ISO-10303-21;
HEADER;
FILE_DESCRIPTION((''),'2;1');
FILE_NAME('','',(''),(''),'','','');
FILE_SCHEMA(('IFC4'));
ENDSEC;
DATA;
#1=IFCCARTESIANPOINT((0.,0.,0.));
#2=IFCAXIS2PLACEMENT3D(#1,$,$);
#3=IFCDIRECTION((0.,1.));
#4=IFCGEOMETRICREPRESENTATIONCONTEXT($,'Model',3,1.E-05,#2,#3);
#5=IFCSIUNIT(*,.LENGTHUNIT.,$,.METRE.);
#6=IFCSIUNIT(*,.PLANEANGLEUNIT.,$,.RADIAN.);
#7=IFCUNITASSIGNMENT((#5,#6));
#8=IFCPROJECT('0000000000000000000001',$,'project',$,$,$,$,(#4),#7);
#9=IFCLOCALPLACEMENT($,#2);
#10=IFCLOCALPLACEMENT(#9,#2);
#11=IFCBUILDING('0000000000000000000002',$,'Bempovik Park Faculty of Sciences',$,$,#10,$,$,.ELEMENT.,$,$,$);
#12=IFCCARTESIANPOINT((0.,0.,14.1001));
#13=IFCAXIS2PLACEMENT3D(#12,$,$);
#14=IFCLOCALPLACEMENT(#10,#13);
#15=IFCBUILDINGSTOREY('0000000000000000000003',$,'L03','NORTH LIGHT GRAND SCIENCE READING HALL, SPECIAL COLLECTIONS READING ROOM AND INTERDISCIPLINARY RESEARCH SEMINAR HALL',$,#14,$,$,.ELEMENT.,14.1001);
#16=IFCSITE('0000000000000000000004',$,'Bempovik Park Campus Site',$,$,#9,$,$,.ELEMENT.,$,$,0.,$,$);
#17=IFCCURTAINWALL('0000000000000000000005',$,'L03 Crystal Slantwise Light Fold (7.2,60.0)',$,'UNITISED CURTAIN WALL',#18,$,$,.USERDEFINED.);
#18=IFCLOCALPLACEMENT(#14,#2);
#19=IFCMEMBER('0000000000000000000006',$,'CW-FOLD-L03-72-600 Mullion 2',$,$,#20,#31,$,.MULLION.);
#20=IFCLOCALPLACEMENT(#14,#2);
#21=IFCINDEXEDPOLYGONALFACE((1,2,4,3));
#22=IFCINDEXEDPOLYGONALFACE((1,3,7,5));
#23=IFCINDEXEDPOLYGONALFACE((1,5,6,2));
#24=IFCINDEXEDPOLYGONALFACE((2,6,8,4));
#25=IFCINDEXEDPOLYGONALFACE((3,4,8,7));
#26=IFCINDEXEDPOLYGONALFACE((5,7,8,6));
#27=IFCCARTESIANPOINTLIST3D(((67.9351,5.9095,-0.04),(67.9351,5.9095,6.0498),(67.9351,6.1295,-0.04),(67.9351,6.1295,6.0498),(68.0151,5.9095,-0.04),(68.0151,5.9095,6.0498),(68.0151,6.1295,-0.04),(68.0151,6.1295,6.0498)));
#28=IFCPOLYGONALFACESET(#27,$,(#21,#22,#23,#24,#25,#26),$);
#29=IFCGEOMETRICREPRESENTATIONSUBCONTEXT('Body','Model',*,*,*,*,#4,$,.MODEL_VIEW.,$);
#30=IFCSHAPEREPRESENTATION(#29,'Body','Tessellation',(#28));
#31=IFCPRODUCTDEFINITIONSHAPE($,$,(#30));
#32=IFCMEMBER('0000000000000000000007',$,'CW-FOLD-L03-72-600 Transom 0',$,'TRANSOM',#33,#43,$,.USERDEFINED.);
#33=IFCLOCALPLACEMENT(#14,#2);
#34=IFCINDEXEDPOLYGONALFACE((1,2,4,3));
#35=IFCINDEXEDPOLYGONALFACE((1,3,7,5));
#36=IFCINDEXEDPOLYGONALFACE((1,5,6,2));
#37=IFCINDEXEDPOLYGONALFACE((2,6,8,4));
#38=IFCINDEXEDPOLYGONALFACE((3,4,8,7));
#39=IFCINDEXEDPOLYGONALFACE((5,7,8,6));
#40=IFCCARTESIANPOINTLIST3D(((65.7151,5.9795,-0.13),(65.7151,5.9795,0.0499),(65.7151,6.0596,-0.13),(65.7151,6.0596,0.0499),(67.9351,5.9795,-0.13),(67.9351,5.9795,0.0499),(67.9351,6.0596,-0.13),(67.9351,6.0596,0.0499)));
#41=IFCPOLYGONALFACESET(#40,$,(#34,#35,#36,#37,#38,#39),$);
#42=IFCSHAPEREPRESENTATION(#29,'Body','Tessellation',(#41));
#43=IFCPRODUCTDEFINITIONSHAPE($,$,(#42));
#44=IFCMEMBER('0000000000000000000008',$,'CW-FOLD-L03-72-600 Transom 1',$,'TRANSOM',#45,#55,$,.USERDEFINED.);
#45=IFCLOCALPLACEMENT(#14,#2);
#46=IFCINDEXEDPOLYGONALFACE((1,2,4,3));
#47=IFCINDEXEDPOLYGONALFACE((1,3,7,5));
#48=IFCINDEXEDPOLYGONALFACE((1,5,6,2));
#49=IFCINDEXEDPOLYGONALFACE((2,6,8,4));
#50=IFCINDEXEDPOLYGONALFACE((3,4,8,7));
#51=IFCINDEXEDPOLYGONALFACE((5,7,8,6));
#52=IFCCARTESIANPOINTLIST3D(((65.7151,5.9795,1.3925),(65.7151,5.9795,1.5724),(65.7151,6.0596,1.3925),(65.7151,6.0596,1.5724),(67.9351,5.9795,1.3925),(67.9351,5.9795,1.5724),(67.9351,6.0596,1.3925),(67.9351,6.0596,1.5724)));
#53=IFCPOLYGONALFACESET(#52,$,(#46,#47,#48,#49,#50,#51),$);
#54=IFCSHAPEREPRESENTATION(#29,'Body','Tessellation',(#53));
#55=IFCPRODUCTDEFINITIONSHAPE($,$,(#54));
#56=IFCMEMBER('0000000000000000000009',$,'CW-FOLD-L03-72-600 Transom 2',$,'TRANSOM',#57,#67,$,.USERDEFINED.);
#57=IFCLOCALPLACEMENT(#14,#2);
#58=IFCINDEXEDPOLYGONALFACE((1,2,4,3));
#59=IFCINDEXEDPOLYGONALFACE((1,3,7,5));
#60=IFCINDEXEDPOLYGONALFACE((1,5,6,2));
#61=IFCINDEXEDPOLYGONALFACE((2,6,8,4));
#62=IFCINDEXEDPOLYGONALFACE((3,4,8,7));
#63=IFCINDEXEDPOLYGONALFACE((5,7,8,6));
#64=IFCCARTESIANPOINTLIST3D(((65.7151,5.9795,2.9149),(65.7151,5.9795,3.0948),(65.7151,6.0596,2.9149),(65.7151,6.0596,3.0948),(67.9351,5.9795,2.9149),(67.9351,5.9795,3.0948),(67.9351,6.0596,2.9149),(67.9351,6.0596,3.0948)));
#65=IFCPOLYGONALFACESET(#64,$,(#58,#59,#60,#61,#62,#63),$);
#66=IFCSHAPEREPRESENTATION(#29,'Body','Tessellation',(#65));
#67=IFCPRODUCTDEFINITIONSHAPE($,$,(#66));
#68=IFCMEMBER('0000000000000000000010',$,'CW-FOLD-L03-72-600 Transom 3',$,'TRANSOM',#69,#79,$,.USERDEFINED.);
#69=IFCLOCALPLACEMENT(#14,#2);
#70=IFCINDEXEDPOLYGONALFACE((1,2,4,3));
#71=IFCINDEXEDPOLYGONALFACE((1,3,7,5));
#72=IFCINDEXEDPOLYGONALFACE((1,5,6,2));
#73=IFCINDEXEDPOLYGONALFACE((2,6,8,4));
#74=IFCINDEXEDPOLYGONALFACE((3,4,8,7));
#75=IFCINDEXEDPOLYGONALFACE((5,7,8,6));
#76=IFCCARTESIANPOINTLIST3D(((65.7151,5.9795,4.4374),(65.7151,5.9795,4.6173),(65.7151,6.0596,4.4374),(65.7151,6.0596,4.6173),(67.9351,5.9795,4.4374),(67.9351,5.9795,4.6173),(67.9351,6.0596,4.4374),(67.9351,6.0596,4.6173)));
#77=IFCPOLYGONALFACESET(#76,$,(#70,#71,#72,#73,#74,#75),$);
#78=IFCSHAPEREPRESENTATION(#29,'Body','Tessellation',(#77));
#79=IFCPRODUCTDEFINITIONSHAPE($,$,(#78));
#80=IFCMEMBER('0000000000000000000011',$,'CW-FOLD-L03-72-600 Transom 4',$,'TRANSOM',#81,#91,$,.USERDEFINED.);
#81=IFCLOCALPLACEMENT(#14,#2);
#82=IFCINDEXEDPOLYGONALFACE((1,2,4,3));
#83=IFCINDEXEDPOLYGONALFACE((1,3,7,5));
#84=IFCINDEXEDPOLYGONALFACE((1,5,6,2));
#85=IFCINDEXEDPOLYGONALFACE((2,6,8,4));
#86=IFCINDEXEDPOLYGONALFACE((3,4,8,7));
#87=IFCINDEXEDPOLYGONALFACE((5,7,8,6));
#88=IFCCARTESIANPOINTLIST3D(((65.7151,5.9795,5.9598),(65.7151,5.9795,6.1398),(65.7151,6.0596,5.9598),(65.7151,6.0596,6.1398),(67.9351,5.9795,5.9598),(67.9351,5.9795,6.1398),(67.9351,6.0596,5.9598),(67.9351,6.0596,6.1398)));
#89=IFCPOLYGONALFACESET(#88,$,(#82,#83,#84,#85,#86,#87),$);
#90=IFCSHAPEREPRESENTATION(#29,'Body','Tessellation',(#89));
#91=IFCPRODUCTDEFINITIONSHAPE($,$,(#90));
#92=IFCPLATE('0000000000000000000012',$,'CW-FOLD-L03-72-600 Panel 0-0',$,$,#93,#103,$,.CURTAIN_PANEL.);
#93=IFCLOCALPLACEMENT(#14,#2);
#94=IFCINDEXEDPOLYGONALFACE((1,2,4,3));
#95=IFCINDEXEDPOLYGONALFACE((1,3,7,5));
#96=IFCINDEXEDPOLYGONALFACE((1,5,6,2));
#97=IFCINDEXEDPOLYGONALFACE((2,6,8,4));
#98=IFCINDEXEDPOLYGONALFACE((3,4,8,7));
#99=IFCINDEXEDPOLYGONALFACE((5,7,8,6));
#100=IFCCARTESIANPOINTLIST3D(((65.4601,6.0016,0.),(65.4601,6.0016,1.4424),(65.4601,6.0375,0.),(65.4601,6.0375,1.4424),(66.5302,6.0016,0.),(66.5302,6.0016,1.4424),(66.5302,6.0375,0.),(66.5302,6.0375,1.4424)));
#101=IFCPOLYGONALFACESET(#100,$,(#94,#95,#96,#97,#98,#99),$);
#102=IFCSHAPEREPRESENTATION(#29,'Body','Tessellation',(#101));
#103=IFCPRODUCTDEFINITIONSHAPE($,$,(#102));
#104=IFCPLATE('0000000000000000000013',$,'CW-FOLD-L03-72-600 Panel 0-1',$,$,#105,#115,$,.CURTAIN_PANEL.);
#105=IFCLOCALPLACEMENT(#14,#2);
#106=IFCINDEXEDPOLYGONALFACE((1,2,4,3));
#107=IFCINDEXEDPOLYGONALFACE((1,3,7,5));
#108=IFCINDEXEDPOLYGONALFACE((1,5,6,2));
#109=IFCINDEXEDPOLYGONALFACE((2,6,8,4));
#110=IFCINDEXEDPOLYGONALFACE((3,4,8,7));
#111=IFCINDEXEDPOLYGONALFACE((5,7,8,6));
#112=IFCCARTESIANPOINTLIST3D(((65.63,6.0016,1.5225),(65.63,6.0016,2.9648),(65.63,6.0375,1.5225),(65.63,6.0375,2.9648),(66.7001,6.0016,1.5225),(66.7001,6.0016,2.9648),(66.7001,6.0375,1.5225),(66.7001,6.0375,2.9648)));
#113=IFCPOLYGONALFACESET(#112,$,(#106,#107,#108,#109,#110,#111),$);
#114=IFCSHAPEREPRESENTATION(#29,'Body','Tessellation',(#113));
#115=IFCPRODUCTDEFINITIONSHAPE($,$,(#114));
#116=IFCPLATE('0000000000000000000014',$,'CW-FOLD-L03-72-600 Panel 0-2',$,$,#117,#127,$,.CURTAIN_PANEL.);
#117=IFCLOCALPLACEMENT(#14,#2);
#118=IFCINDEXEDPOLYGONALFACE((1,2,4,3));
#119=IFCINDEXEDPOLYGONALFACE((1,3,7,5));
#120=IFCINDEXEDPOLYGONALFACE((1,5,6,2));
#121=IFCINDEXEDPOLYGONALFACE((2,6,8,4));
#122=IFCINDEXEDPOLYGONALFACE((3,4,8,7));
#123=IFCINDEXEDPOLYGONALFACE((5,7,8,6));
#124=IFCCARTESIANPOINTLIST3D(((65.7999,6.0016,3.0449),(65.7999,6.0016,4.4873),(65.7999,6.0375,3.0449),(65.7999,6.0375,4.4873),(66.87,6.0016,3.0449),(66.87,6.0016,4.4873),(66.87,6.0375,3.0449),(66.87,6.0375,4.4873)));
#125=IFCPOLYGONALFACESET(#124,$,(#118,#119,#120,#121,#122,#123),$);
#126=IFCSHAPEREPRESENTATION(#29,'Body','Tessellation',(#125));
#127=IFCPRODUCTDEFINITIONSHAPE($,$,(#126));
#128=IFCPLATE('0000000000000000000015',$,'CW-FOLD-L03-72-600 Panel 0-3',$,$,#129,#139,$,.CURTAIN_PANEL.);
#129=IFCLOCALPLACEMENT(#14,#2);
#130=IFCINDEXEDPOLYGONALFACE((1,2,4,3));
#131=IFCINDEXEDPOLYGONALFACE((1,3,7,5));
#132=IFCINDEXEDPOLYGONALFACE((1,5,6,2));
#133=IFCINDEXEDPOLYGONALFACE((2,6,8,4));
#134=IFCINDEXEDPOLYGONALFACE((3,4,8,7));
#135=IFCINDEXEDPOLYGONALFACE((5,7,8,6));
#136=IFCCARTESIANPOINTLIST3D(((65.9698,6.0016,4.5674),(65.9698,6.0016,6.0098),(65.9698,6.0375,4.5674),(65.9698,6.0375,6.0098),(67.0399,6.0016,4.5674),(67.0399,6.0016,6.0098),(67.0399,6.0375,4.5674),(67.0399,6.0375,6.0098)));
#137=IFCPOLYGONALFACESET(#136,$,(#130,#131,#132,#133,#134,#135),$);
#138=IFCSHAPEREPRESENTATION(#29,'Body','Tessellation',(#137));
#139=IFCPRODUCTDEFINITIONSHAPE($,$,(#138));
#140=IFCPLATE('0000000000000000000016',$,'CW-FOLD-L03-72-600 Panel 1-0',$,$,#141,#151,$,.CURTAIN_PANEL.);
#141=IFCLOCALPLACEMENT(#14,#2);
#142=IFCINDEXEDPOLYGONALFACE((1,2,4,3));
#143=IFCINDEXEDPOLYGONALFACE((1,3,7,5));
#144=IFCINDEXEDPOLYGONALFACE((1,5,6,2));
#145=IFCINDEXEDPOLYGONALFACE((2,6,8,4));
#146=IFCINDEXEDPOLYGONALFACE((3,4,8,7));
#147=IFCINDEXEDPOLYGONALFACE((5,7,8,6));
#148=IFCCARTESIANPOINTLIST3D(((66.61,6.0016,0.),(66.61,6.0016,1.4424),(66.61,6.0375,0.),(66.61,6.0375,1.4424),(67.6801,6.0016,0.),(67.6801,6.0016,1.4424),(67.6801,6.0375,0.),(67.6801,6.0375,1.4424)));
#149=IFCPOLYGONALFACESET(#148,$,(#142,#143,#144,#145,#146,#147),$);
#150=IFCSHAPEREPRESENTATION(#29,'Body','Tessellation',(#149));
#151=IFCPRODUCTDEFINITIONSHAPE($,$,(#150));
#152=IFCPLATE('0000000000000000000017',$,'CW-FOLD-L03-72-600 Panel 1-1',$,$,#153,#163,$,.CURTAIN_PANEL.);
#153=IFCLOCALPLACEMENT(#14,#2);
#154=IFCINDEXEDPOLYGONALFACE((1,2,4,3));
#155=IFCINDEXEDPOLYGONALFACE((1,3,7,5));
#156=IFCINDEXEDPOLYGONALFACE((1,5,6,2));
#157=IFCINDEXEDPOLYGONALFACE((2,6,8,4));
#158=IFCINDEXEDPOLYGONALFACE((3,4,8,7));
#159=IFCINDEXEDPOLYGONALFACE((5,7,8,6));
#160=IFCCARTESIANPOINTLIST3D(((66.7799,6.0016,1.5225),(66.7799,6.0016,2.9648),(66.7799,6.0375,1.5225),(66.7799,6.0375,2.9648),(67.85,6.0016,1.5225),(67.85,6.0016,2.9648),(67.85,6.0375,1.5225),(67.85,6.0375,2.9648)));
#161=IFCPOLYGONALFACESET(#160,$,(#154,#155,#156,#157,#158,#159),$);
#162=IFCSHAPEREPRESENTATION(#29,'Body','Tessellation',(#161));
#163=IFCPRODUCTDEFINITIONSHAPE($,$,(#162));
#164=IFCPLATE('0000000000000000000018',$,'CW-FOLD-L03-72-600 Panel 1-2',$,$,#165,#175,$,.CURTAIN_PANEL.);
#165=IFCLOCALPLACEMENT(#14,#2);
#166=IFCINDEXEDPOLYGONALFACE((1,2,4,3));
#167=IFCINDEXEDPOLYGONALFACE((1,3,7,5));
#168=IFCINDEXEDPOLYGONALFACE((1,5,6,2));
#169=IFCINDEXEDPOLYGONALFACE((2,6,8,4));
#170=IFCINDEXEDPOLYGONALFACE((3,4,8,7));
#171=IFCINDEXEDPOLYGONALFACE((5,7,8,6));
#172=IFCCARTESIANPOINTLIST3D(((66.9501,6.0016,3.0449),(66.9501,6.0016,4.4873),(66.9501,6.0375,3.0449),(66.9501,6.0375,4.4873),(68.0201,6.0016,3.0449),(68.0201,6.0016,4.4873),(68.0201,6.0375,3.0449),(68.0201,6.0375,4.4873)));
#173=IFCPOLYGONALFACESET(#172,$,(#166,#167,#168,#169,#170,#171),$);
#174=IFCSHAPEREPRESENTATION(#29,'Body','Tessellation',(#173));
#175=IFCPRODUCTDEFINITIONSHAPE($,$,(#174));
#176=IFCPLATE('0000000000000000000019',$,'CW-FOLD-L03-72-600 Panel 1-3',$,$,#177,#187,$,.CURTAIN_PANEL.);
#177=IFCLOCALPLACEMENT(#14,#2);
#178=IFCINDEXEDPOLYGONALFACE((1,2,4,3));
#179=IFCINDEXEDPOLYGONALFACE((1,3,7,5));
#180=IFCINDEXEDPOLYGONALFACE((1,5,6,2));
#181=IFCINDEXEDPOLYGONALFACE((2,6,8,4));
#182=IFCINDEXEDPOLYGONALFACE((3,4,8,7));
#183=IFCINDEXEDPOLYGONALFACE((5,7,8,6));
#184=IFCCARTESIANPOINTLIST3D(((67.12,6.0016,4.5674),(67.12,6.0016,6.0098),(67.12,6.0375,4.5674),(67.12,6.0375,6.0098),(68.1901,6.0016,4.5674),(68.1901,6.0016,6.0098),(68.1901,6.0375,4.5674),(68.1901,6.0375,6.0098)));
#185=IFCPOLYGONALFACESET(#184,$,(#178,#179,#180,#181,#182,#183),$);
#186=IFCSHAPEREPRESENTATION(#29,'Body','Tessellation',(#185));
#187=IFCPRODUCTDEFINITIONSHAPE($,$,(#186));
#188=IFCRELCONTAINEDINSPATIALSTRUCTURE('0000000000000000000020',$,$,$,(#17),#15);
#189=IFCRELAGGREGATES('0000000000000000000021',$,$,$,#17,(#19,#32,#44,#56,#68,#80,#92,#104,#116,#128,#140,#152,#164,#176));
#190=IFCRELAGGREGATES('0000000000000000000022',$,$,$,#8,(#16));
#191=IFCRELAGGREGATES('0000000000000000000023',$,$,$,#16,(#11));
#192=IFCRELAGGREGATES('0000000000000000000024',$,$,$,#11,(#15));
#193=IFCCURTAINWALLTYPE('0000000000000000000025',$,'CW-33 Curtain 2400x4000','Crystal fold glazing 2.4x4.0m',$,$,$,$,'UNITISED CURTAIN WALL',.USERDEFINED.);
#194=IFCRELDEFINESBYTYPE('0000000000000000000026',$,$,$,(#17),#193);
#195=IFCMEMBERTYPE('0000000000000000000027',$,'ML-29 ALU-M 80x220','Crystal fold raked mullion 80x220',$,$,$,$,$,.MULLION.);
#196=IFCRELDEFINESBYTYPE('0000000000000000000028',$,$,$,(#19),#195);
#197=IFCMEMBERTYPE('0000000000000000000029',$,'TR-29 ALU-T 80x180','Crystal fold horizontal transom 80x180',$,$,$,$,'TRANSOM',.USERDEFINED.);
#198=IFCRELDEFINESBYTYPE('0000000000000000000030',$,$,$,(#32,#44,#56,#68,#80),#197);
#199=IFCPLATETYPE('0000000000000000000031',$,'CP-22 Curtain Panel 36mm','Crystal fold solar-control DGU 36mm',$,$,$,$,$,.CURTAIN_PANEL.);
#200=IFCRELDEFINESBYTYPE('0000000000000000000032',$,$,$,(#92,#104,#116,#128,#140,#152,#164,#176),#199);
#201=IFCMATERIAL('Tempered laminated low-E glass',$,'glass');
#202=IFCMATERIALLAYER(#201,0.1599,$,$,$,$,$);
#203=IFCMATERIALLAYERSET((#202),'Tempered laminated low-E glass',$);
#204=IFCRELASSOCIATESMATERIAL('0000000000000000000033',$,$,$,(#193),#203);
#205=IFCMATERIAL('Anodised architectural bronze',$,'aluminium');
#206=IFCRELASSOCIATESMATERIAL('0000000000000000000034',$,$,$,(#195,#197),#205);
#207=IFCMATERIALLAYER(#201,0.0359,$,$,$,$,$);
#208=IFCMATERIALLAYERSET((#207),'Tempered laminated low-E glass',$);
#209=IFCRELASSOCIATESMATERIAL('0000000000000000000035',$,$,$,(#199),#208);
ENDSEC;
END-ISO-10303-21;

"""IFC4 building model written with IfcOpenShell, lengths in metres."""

from ifc_helpers import new_model, si_unit, direction, frame, origin, origin_2d, place, context, subcontext, project, spatial, rectangle, extrude, material, layer, layer_set, material_profile, profile_set, type_object, element, aggregate, save


model = new_model("IFC4")

# Units and contexts
model_context = context("Model", 3, precision=1e-05, world=origin(), true_north=direction((0.0, 1.0)))
body_context = subcontext(model_context, "Body", "Model", "MODEL_VIEW")
ifc_project = project(units=[si_unit("LENGTHUNIT", "METRE"), si_unit("PLANEANGLEUNIT", "RADIAN")], contexts=[model_context])

# Site, building, storey
site_placement = place(None, origin())
site = spatial("IfcSite", under=ifc_project, at=site_placement, Name="Bempovik Park Campus Site", CompositionType="ELEMENT", RefElevation=0.0)
building_placement = place(site_placement, origin())
building = spatial("IfcBuilding", under=site, at=building_placement, Name="Bempovik Park Faculty of Sciences", CompositionType="ELEMENT")
storey_placement = place(building_placement, frame((0.0, 0.0, 14.1001)))
storey = spatial("IfcBuildingStorey", under=building, at=storey_placement, Name="L03", Description="NORTH LIGHT GRAND SCIENCE READING HALL, SPECIAL COLLECTIONS READING ROOM AND INTERDISCIPLINARY RESEARCH SEMINAR HALL", CompositionType="ELEMENT", Elevation=14.1001)

# Curtain wall, members, plates
ifc_material_1 = material(Name="Tempered laminated low-E glass", Category="glass")
ifc_layer_1 = layer(ifc_material_1, 0.1599)
ifc_layer_set_1 = layer_set([ifc_layer_1], Name="Tempered laminated low-E glass")
curtain_wall_type = type_object("IfcCurtainWallType", Name="CW-33 Curtain 2400x4000", Description="Crystal fold glazing 2.4x4.0m", ElementType="UNITISED CURTAIN WALL", PredefinedType="USERDEFINED", material=ifc_layer_set_1)
curtain_wall_placement = place(storey_placement, origin())
curtain_wall = element("IfcCurtainWall", 1, at=curtain_wall_placement, inside=storey, type_object=curtain_wall_type, Name="L03 Crystal Slantwise Light Fold (7.2,60.0)", ObjectType="UNITISED CURTAIN WALL", PredefinedType="USERDEFINED")
ifc_material_2 = material(Name="Anodised architectural bronze", Category="aluminium")
ifc_material_profile_1 = material_profile(ifc_material_2, rectangle(XDim=0.0801, YDim=0.22, at=origin_2d()), Name="ALU-M 80x220")
ifc_profile_set_1 = profile_set([ifc_material_profile_1], Name="Anodised architectural bronze")
member_type_1 = type_object("IfcMemberType", Name="ML-29 ALU-M 80x220", Description="Crystal fold raked mullion 80x220", PredefinedType="MULLION", material=ifc_profile_set_1)
member_1_placement = place(storey_placement, frame((67.9751, 6.0195, -0.04), z_axis=(0.0, 0.0, 1.0), x_axis=(1.0, 0.0, 0.0)))
member_1 = element("IfcMember", 2, at=member_1_placement, type_object=member_type_1, Name="CW-FOLD-L03-72-600 Mullion 2", PredefinedType="MULLION", context=body_context, shape_type="SweptSolid", body=[
    extrude(rectangle(XDim=0.0801, YDim=0.22, at=origin_2d()), origin(), (0.0, 0.0, 1.0), 6.0898),
])
ifc_material_profile_2 = material_profile(ifc_material_2, rectangle(XDim=0.0801, YDim=0.1799, at=origin_2d()), Name="ALU-T 80x180")
ifc_profile_set_2 = profile_set([ifc_material_profile_2], Name="Anodised architectural bronze")
member_type_2 = type_object("IfcMemberType", Name="TR-29 ALU-T 80x180", Description="Crystal fold horizontal transom 80x180", ElementType="TRANSOM", PredefinedType="USERDEFINED", material=ifc_profile_set_2)
member_2_placement = place(storey_placement, frame((65.7151, 6.0195, -0.04), z_axis=(1.0, 0.0, 0.0), x_axis=(0.0, 1.0, 0.0)))
member_2 = element("IfcMember", 3, at=member_2_placement, type_object=member_type_2, Name="CW-FOLD-L03-72-600 Transom 0", ObjectType="TRANSOM", PredefinedType="USERDEFINED", context=body_context, shape_type="SweptSolid", body=[
    extrude(rectangle(XDim=0.0801, YDim=0.1799, at=origin_2d()), origin(), (0.0, 0.0, 1.0), 2.22),
])
member_3_placement = place(storey_placement, frame((65.7151, 6.0195, 1.4824), z_axis=(1.0, 0.0, 0.0), x_axis=(0.0, 1.0, 0.0)))
member_3 = element("IfcMember", 4, at=member_3_placement, type_object=member_type_2, Name="CW-FOLD-L03-72-600 Transom 1", ObjectType="TRANSOM", PredefinedType="USERDEFINED", context=body_context, shape_type="SweptSolid", body=[
    extrude(rectangle(XDim=0.0801, YDim=0.1799, at=origin_2d()), origin(), (0.0, 0.0, 1.0), 2.22),
])
member_4_placement = place(storey_placement, frame((65.7151, 6.0195, 3.0049), z_axis=(1.0, 0.0, 0.0), x_axis=(0.0, 1.0, 0.0)))
member_4 = element("IfcMember", 5, at=member_4_placement, type_object=member_type_2, Name="CW-FOLD-L03-72-600 Transom 2", ObjectType="TRANSOM", PredefinedType="USERDEFINED", context=body_context, shape_type="SweptSolid", body=[
    extrude(rectangle(XDim=0.0801, YDim=0.1799, at=origin_2d()), origin(), (0.0, 0.0, 1.0), 2.22),
])
member_5_placement = place(storey_placement, frame((65.7151, 6.0195, 4.5273), z_axis=(1.0, 0.0, 0.0), x_axis=(0.0, 1.0, 0.0)))
member_5 = element("IfcMember", 6, at=member_5_placement, type_object=member_type_2, Name="CW-FOLD-L03-72-600 Transom 3", ObjectType="TRANSOM", PredefinedType="USERDEFINED", context=body_context, shape_type="SweptSolid", body=[
    extrude(rectangle(XDim=0.0801, YDim=0.1799, at=origin_2d()), origin(), (0.0, 0.0, 1.0), 2.22),
])
member_6_placement = place(storey_placement, frame((65.7151, 6.0195, 6.0498), z_axis=(1.0, 0.0, 0.0), x_axis=(0.0, 1.0, 0.0)))
member_6 = element("IfcMember", 7, at=member_6_placement, type_object=member_type_2, Name="CW-FOLD-L03-72-600 Transom 4", ObjectType="TRANSOM", PredefinedType="USERDEFINED", context=body_context, shape_type="SweptSolid", body=[
    extrude(rectangle(XDim=0.0801, YDim=0.1799, at=origin_2d()), origin(), (0.0, 0.0, 1.0), 2.22),
])
ifc_layer_2 = layer(ifc_material_1, 0.0359)
ifc_layer_set_2 = layer_set([ifc_layer_2], Name="Tempered laminated low-E glass")
plate_type_1 = type_object("IfcPlateType", Name="CP-22 Curtain Panel 36mm", Description="Crystal fold solar-control DGU 36mm", PredefinedType="CURTAIN_PANEL", material=ifc_layer_set_2)
plate_1_placement = place(storey_placement, frame((65.9951, 6.0195, 0.0), z_axis=(0.0, 0.0, 1.0), x_axis=(1.0, 0.0, 0.0)))
plate_1 = element("IfcPlate", 8, at=plate_1_placement, type_object=plate_type_1, Name="CW-FOLD-L03-72-600 Panel 0-0", PredefinedType="CURTAIN_PANEL", context=body_context, shape_type="SweptSolid", body=[
    extrude(rectangle(XDim=1.0701, YDim=0.0359, at=origin_2d()), origin(), (0.0, 0.0, 1.0), 1.4424),
])
plate_2_placement = place(storey_placement, frame((66.165, 6.0195, 1.5225), z_axis=(0.0, 0.0, 1.0), x_axis=(1.0, 0.0, 0.0)))
plate_2 = element("IfcPlate", 9, at=plate_2_placement, type_object=plate_type_1, Name="CW-FOLD-L03-72-600 Panel 0-1", PredefinedType="CURTAIN_PANEL", context=body_context, shape_type="SweptSolid", body=[
    extrude(rectangle(XDim=1.0701, YDim=0.0359, at=origin_2d()), origin(), (0.0, 0.0, 1.0), 1.4424),
])
plate_3_placement = place(storey_placement, frame((66.335, 6.0195, 3.0449), z_axis=(0.0, 0.0, 1.0), x_axis=(1.0, 0.0, 0.0)))
plate_3 = element("IfcPlate", 10, at=plate_3_placement, type_object=plate_type_1, Name="CW-FOLD-L03-72-600 Panel 0-2", PredefinedType="CURTAIN_PANEL", context=body_context, shape_type="SweptSolid", body=[
    extrude(rectangle(XDim=1.0701, YDim=0.0359, at=origin_2d()), origin(), (0.0, 0.0, 1.0), 1.4424),
])
plate_4_placement = place(storey_placement, frame((66.5049, 6.0195, 4.5674), z_axis=(0.0, 0.0, 1.0), x_axis=(1.0, 0.0, 0.0)))
plate_4 = element("IfcPlate", 11, at=plate_4_placement, type_object=plate_type_1, Name="CW-FOLD-L03-72-600 Panel 0-3", PredefinedType="CURTAIN_PANEL", context=body_context, shape_type="SweptSolid", body=[
    extrude(rectangle(XDim=1.0701, YDim=0.0359, at=origin_2d()), origin(), (0.0, 0.0, 1.0), 1.4424),
])
plate_5_placement = place(storey_placement, frame((67.145, 6.0195, 0.0), z_axis=(0.0, 0.0, 1.0), x_axis=(1.0, 0.0, 0.0)))
plate_5 = element("IfcPlate", 12, at=plate_5_placement, type_object=plate_type_1, Name="CW-FOLD-L03-72-600 Panel 1-0", PredefinedType="CURTAIN_PANEL", context=body_context, shape_type="SweptSolid", body=[
    extrude(rectangle(XDim=1.0701, YDim=0.0359, at=origin_2d()), origin(), (0.0, 0.0, 1.0), 1.4424),
])
plate_6_placement = place(storey_placement, frame((67.3149, 6.0195, 1.5225), z_axis=(0.0, 0.0, 1.0), x_axis=(1.0, 0.0, 0.0)))
plate_6 = element("IfcPlate", 13, at=plate_6_placement, type_object=plate_type_1, Name="CW-FOLD-L03-72-600 Panel 1-1", PredefinedType="CURTAIN_PANEL", context=body_context, shape_type="SweptSolid", body=[
    extrude(rectangle(XDim=1.0701, YDim=0.0359, at=origin_2d()), origin(), (0.0, 0.0, 1.0), 1.4424),
])
plate_7_placement = place(storey_placement, frame((67.4851, 6.0195, 3.0449), z_axis=(0.0, 0.0, 1.0), x_axis=(1.0, 0.0, 0.0)))
plate_7 = element("IfcPlate", 14, at=plate_7_placement, type_object=plate_type_1, Name="CW-FOLD-L03-72-600 Panel 1-2", PredefinedType="CURTAIN_PANEL", context=body_context, shape_type="SweptSolid", body=[
    extrude(rectangle(XDim=1.0701, YDim=0.0359, at=origin_2d()), origin(), (0.0, 0.0, 1.0), 1.4424),
])
plate_8_placement = place(storey_placement, frame((67.655, 6.0195, 4.5674), z_axis=(0.0, 0.0, 1.0), x_axis=(1.0, 0.0, 0.0)))
plate_8 = element("IfcPlate", 15, at=plate_8_placement, type_object=plate_type_1, Name="CW-FOLD-L03-72-600 Panel 1-3", PredefinedType="CURTAIN_PANEL", context=body_context, shape_type="SweptSolid", body=[
    extrude(rectangle(XDim=1.0701, YDim=0.0359, at=origin_2d()), origin(), (0.0, 0.0, 1.0), 1.4424),
])
aggregate(curtain_wall, [member_1, member_2, member_3, member_4, member_5, member_6, plate_1, plate_2, plate_3, plate_4, plate_5, plate_6, plate_7, plate_8])

save(model, "model.ifc")
